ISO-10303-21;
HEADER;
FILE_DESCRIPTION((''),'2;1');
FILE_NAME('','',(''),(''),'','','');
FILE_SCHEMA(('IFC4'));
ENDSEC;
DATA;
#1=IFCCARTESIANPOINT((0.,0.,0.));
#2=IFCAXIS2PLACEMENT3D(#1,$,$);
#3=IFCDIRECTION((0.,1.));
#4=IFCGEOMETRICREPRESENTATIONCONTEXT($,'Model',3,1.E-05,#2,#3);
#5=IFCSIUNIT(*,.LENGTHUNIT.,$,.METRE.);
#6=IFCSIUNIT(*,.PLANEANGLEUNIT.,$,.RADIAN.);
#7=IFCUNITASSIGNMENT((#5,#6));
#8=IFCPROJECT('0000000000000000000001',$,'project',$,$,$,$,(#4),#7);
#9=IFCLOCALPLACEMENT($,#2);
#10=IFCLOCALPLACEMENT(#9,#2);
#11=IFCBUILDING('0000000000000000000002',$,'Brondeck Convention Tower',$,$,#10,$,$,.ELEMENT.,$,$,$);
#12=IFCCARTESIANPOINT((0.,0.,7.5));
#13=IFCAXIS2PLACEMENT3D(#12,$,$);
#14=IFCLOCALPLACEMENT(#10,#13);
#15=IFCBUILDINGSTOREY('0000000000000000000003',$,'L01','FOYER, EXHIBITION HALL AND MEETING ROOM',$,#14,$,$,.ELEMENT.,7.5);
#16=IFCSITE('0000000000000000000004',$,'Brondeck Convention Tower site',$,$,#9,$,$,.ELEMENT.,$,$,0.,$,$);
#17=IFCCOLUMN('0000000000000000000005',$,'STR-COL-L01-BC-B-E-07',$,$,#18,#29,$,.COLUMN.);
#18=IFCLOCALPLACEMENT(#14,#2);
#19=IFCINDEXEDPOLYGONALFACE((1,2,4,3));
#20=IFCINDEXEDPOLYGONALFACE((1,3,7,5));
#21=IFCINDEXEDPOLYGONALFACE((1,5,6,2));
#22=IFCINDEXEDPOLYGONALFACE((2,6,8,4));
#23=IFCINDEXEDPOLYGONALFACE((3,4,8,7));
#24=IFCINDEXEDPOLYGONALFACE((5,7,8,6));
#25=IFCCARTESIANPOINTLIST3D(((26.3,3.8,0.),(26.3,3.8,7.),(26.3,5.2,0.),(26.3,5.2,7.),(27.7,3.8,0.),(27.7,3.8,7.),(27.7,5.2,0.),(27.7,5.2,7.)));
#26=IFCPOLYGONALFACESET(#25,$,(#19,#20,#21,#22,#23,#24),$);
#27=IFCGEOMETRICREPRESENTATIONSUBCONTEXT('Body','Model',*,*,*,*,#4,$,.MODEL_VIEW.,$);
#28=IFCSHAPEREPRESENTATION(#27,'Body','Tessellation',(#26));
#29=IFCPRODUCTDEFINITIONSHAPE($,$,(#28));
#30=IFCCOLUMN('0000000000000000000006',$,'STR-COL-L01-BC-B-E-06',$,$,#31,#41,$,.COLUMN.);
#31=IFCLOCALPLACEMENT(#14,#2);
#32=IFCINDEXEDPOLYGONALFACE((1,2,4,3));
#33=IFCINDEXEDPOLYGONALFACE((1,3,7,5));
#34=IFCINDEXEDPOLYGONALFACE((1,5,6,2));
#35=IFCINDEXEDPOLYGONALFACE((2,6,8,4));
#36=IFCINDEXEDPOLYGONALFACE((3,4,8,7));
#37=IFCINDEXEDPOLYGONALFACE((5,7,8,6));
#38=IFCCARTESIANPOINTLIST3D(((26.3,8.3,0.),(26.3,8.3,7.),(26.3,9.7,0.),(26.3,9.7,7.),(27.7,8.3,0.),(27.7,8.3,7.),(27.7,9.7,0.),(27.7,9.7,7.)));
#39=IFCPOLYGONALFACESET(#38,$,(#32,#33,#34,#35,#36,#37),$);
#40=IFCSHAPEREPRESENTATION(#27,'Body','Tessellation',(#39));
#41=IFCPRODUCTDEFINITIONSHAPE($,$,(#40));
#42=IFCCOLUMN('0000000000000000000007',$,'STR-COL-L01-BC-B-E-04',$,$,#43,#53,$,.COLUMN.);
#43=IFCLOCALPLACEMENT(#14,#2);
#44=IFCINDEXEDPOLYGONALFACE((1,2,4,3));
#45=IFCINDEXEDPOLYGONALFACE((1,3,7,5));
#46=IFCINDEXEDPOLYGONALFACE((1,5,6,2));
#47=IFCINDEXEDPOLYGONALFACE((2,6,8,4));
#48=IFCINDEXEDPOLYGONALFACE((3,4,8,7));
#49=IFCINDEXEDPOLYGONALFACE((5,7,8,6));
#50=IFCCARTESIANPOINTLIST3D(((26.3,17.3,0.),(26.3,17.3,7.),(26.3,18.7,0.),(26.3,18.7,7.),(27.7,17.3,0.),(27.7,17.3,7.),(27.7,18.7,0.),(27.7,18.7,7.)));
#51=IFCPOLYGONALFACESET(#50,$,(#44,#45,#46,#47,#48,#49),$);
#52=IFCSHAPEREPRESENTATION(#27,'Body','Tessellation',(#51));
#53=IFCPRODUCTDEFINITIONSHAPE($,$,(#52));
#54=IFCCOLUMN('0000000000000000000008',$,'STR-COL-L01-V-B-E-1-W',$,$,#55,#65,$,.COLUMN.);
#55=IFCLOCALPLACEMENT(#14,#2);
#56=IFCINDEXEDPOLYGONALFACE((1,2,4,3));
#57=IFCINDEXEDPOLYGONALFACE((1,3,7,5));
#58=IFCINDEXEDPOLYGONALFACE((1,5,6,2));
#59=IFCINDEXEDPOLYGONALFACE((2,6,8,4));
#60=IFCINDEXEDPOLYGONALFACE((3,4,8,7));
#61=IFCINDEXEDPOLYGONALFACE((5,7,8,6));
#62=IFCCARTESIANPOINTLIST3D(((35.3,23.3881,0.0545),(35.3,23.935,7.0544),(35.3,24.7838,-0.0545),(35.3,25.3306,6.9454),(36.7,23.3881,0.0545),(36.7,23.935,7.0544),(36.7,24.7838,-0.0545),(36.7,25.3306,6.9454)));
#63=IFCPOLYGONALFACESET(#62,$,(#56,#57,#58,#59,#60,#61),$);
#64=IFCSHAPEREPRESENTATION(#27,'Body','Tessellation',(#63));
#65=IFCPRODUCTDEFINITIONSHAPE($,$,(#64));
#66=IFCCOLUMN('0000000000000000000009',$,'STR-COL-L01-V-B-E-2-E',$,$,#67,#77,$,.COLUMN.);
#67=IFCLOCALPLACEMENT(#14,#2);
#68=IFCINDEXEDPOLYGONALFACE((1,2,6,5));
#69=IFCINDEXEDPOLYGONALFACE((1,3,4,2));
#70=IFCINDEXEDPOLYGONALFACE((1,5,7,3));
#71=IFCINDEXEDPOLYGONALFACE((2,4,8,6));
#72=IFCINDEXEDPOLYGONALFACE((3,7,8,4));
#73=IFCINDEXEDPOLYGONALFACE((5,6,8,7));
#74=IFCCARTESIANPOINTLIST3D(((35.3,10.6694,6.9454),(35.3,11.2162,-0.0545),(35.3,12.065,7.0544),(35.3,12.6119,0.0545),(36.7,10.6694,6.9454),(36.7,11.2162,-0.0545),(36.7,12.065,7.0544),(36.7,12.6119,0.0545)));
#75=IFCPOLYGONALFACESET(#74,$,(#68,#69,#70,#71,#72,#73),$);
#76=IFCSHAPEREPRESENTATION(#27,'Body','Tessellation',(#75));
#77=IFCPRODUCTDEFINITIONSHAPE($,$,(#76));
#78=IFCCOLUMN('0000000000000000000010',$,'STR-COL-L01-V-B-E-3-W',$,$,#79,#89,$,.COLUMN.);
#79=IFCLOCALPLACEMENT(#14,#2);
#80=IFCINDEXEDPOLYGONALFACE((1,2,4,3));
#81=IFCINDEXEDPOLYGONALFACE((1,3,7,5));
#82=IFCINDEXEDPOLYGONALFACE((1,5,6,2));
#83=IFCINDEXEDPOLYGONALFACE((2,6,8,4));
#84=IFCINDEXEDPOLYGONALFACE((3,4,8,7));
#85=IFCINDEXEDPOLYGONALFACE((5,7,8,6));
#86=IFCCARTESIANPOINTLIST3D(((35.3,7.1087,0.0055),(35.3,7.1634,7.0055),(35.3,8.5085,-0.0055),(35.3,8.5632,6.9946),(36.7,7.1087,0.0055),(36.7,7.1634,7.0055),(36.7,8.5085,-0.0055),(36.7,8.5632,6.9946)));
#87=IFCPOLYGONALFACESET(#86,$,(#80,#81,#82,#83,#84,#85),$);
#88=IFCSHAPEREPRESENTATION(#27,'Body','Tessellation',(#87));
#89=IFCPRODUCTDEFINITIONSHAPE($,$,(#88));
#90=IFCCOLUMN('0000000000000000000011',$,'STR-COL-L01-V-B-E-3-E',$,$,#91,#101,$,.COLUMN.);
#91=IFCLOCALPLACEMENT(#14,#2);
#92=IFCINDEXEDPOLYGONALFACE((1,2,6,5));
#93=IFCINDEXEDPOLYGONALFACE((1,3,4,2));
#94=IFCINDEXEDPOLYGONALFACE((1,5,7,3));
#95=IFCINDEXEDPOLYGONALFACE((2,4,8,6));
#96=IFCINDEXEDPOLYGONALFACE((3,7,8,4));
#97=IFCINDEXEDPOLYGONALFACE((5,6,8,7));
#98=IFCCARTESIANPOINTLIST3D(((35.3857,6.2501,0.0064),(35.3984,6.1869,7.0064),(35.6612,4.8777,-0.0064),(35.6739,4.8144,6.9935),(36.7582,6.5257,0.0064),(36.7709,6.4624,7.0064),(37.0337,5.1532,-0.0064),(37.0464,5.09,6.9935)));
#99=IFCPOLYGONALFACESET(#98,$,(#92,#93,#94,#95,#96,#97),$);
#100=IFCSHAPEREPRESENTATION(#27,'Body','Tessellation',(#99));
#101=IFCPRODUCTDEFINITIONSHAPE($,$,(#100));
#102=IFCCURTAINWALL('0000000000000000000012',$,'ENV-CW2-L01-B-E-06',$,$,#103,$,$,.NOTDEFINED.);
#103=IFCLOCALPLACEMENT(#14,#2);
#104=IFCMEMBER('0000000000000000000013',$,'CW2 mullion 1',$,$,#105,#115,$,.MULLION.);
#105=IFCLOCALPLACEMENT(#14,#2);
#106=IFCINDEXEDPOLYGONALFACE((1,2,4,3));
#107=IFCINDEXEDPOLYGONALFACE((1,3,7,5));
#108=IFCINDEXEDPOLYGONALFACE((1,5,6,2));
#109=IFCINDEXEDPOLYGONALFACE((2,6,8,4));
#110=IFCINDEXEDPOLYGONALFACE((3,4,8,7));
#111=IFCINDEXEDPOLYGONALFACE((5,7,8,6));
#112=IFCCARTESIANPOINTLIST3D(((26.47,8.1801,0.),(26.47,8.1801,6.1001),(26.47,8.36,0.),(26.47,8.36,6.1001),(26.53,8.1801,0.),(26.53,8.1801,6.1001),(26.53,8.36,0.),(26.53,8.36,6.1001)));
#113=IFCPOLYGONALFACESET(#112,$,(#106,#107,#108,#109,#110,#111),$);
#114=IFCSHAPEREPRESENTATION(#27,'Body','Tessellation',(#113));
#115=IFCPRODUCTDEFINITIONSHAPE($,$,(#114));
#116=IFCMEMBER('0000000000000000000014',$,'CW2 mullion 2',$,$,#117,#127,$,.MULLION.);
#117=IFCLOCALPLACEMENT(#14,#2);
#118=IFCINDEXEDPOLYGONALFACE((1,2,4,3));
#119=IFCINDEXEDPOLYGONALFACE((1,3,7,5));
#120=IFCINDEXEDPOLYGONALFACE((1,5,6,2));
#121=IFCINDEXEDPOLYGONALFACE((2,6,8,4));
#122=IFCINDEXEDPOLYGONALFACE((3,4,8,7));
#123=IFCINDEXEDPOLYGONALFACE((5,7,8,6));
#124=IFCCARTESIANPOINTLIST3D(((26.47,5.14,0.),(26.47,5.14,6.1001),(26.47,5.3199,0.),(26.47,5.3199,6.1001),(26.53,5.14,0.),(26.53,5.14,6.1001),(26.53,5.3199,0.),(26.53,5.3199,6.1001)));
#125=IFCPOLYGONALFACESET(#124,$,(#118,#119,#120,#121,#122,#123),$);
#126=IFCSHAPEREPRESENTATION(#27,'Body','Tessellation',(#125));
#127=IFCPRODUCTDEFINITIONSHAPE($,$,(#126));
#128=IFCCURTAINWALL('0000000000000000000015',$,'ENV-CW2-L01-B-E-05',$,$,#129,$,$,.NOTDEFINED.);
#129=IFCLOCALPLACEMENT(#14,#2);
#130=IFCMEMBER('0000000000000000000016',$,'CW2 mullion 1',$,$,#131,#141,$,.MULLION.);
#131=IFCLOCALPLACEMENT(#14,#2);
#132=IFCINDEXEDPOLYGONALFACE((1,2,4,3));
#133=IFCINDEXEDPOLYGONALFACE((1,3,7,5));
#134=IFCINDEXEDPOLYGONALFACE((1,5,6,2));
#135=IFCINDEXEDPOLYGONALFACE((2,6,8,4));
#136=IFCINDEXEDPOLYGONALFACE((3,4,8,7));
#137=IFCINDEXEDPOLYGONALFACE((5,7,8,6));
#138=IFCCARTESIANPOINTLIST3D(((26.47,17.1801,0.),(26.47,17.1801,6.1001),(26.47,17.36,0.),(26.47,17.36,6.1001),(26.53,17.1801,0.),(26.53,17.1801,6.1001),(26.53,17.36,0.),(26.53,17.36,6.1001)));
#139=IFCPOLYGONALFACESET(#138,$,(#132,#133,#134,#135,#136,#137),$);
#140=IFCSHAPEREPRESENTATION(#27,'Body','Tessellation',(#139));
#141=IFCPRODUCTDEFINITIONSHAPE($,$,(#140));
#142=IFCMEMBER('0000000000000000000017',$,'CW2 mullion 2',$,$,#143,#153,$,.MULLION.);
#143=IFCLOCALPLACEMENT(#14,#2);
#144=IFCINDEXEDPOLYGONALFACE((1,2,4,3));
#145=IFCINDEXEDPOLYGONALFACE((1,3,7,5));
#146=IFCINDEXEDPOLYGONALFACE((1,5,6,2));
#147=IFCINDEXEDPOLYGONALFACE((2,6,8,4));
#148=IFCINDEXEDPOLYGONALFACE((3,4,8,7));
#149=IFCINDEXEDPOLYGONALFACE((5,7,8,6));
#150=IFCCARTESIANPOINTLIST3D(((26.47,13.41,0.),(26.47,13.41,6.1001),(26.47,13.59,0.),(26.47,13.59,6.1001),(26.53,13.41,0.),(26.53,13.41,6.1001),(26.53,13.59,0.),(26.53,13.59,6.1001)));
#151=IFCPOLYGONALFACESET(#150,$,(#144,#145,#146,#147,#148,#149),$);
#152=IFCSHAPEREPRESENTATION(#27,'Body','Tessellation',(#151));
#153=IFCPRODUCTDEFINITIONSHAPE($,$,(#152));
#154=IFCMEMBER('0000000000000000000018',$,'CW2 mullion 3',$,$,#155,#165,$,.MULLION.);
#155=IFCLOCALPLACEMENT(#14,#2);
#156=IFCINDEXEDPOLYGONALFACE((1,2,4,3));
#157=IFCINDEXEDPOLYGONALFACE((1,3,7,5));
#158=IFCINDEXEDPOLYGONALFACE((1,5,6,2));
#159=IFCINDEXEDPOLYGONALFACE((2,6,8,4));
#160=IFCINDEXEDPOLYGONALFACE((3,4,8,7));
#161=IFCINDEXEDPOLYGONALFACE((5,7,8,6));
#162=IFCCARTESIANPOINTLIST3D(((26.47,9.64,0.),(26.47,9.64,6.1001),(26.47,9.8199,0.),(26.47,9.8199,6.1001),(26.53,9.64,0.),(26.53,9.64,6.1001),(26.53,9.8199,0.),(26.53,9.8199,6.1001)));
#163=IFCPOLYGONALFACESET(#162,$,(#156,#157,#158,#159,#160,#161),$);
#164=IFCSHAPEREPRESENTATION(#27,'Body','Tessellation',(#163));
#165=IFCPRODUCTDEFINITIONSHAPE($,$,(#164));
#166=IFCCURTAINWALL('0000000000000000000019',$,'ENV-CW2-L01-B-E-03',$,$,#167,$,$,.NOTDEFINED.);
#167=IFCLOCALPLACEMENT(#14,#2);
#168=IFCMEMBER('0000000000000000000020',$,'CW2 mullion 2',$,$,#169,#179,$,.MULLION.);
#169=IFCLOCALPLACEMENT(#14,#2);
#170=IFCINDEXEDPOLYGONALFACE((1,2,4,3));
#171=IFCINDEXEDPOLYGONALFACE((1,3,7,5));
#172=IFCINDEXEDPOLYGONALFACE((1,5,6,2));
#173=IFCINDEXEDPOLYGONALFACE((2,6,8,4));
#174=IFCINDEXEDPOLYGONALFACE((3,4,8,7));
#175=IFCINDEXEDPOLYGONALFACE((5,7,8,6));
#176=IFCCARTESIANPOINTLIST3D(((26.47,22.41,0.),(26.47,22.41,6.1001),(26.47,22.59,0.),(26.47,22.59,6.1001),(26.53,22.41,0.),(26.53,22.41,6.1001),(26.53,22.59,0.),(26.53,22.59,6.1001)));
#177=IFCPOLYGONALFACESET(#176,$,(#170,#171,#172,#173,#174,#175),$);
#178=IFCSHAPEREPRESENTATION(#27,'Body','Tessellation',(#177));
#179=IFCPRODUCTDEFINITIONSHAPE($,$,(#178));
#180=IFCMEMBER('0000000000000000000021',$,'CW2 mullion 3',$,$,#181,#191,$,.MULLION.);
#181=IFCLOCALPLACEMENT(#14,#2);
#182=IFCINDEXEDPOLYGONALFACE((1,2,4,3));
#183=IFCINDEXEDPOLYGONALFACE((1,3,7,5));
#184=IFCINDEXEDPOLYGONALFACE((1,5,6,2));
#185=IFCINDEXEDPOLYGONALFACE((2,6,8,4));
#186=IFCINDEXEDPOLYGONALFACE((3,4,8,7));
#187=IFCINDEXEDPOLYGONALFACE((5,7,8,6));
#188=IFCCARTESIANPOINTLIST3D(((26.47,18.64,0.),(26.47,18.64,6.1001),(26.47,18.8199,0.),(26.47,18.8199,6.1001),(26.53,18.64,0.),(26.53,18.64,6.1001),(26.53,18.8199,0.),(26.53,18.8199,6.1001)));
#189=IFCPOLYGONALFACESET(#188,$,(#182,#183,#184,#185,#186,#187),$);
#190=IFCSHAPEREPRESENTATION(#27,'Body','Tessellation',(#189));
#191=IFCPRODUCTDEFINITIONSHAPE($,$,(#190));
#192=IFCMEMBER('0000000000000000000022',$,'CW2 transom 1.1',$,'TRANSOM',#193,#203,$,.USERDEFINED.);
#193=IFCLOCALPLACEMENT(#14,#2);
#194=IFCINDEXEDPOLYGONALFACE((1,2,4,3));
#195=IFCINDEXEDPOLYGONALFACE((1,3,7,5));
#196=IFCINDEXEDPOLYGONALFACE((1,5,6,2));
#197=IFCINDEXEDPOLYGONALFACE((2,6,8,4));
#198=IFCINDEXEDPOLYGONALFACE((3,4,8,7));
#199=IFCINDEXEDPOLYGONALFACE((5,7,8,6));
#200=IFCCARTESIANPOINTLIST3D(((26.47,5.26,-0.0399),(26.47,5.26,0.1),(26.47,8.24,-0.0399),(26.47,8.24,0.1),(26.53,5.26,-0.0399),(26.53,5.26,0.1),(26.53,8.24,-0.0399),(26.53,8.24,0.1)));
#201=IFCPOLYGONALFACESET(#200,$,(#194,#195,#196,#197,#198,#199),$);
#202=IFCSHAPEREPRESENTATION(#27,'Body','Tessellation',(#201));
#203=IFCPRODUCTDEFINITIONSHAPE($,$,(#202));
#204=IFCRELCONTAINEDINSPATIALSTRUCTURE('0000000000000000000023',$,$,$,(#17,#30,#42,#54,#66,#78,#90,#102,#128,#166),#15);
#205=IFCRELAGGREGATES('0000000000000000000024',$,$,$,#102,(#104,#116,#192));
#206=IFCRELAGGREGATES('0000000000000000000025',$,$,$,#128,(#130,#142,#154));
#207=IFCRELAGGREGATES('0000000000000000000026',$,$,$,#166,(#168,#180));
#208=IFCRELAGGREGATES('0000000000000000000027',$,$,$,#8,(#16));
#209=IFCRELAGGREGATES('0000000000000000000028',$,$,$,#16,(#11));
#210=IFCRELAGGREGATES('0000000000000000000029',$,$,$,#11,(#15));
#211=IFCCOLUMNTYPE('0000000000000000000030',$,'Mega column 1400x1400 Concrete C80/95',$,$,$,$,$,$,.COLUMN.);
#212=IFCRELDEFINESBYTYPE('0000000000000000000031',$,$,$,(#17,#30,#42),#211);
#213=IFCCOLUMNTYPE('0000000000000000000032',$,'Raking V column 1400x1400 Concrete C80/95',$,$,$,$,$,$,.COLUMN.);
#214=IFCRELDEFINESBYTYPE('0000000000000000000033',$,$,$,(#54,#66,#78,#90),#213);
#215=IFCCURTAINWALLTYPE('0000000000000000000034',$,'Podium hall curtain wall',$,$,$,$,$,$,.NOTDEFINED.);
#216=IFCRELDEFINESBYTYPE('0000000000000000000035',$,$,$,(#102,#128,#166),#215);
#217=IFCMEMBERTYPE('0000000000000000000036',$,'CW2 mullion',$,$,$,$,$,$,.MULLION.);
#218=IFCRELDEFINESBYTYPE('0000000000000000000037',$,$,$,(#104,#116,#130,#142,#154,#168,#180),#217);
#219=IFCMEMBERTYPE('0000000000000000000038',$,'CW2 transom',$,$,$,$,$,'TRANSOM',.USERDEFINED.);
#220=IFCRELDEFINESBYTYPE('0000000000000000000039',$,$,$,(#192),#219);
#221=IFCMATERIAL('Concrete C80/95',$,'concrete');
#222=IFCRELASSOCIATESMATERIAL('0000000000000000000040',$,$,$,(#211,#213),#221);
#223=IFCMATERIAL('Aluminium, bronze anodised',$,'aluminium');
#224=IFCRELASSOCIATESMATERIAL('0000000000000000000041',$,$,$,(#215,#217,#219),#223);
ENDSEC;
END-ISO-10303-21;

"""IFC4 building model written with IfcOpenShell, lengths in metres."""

from ifc_helpers import new_model, si_unit, direction, frame, origin, origin_2d, place, context, subcontext, project, spatial, rectangle, extrude, material, material_profile, profile_set, type_object, element, aggregate, save


model = new_model("IFC4")

# Units and contexts
model_context = context("Model", 3, precision=1e-05, world=origin(), true_north=direction((0.0, 1.0)))
body_context = subcontext(model_context, "Body", "Model", "MODEL_VIEW")
ifc_project = project(units=[si_unit("LENGTHUNIT", "METRE"), si_unit("PLANEANGLEUNIT", "RADIAN")], contexts=[model_context])

# Site, building, storey
site_placement = place(None, origin())
site = spatial("IfcSite", under=ifc_project, at=site_placement, Name="Brondeck Convention Tower site", CompositionType="ELEMENT", RefElevation=0.0)
building_placement = place(site_placement, origin())
building = spatial("IfcBuilding", under=site, at=building_placement, Name="Brondeck Convention Tower", CompositionType="ELEMENT")
storey_placement = place(building_placement, frame((0.0, 0.0, 7.5)))
storey = spatial("IfcBuildingStorey", under=building, at=storey_placement, Name="L01", Description="FOYER, EXHIBITION HALL AND MEETING ROOM", CompositionType="ELEMENT", Elevation=7.5)

# Columns
ifc_material_1 = material(Name="Concrete C80/95", Category="concrete")
ifc_material_profile_1 = material_profile(ifc_material_1, rectangle(XDim=1.3999, YDim=1.3999, at=origin_2d()), Name="Mega column 1400x1400 Concrete C80/95")
ifc_profile_set_1 = profile_set([ifc_material_profile_1], Name="Concrete C80/95")
column_type_1 = type_object("IfcColumnType", Name="Mega column 1400x1400 Concrete C80/95", PredefinedType="COLUMN", material=ifc_profile_set_1)
for number, where, z_axis, x_axis, name in (
    (1, (27.0, 4.5, 0.0), (0.0, 0.0, 1.0), (1.0, 0.0, 0.0), "STR-COL-L01-BC-B-E-07"),
    (2, (27.0, 9.0, 0.0), (0.0, 0.0, 1.0), (1.0, 0.0, 0.0), "STR-COL-L01-BC-B-E-06"),
    (3, (27.0, 18.0, 0.0), (0.0, 0.0, 1.0), (1.0, 0.0, 0.0), "STR-COL-L01-BC-B-E-04"),
):
    element("IfcColumn", number, at=place(storey_placement, frame(where, z_axis=z_axis, x_axis=x_axis)), inside=storey, type_object=column_type_1, Name=name, PredefinedType="COLUMN", context=body_context, shape_type="SweptSolid", body=[
        extrude(rectangle(XDim=1.3999, YDim=1.3999, at=origin_2d()), origin(), (0.0, 0.0, 1.0), 7.0),
    ])
ifc_material_profile_2 = material_profile(ifc_material_1, rectangle(XDim=1.3999, YDim=1.3999, at=origin_2d()), Name="Raking V column 1400x1400 Concrete C80/95")
ifc_profile_set_2 = profile_set([ifc_material_profile_2], Name="Concrete C80/95")
column_type_2 = type_object("IfcColumnType", Name="Raking V column 1400x1400 Concrete C80/95", PredefinedType="COLUMN", material=ifc_profile_set_2)
for number, where, z_axis, x_axis, name in (
    (4, (36.0, 24.0859, 0.0), (0.0, 0.077888, 0.996962), (-1.0, 0.0, 0.0), "STR-COL-L01-V-B-E-1-W"),
    (5, (36.0, 11.9141, 0.0), (0.0, -0.077888, 0.996962), (1.0, 0.0, 0.0), "STR-COL-L01-V-B-E-2-E"),
):
    element("IfcColumn", number, at=place(storey_placement, frame(where, z_axis=z_axis, x_axis=x_axis)), inside=storey, type_object=column_type_2, Name=name, PredefinedType="COLUMN", context=body_context, shape_type="SweptSolid", body=[
        extrude(rectangle(XDim=1.3999, YDim=1.3999, at=origin_2d()), origin(), (0.0, 0.0, 1.0), 7.0212),
    ])
for number, where, z_axis, x_axis, name in (
    (6, (36.0, 7.8086, 0.0), (0.0, 0.007812, 0.999969), (-1.0, 0.0, 0.0), "STR-COL-L01-V-B-E-3-W"),
    (7, (36.2097, 5.7017, 0.0), (0.001814, -0.009033, 0.999958), (0.980435, 0.196844, 0.0), "STR-COL-L01-V-B-E-3-E"),
):
    element("IfcColumn", number, at=place(storey_placement, frame(where, z_axis=z_axis, x_axis=x_axis)), inside=storey, type_object=column_type_2, Name=name, PredefinedType="COLUMN", context=body_context, shape_type="SweptSolid", body=[
        extrude(rectangle(XDim=1.3999, YDim=1.3999, at=origin_2d()), origin(), (0.0, 0.0, 1.0), 7.0002),
    ])

# Curtain walls, members
ifc_material_2 = material(Name="Aluminium, bronze anodised", Category="aluminium")
curtain_wall_type = type_object("IfcCurtainWallType", Name="Podium hall curtain wall", PredefinedType="NOTDEFINED", material=ifc_material_2)
curtain_wall_1_placement = place(storey_placement, origin())
curtain_wall_1 = element("IfcCurtainWall", 8, at=curtain_wall_1_placement, inside=storey, type_object=curtain_wall_type, Name="ENV-CW2-L01-B-E-06", PredefinedType="NOTDEFINED")
ifc_material_profile_3 = material_profile(ifc_material_2, rectangle(XDim=0.0601, YDim=0.1799, at=origin_2d()), Name="CW2 mullion")
ifc_profile_set_3 = profile_set([ifc_material_profile_3], Name="Aluminium, bronze anodised")
member_type_1 = type_object("IfcMemberType", Name="CW2 mullion", PredefinedType="MULLION", material=ifc_profile_set_3)
member_1_placement = place(storey_placement, frame((26.5, 8.27, 0.0), z_axis=(0.0, 0.0, 1.0), x_axis=(1.0, 0.0, 0.0)))
member_1 = element("IfcMember", 9, at=member_1_placement, type_object=member_type_1, Name="CW2 mullion 1", PredefinedType="MULLION", context=body_context, shape_type="SweptSolid", body=[
    extrude(rectangle(XDim=0.0601, YDim=0.1799, at=origin_2d()), origin(), (0.0, 0.0, 1.0), 6.1001),
])
member_2_placement = place(storey_placement, frame((26.5, 5.23, 0.0), z_axis=(0.0, 0.0, 1.0), x_axis=(1.0, 0.0, 0.0)))
member_2 = element("IfcMember", 10, at=member_2_placement, type_object=member_type_1, Name="CW2 mullion 2", PredefinedType="MULLION", context=body_context, shape_type="SweptSolid", body=[
    extrude(rectangle(XDim=0.0601, YDim=0.1799, at=origin_2d()), origin(), (0.0, 0.0, 1.0), 6.1001),
])
curtain_wall_2_placement = place(storey_placement, origin())
curtain_wall_2 = element("IfcCurtainWall", 11, at=curtain_wall_2_placement, inside=storey, type_object=curtain_wall_type, Name="ENV-CW2-L01-B-E-05", PredefinedType="NOTDEFINED")
member_3_placement = place(storey_placement, frame((26.5, 17.27, 0.0), z_axis=(0.0, 0.0, 1.0), x_axis=(1.0, 0.0, 0.0)))
member_3 = element("IfcMember", 12, at=member_3_placement, type_object=member_type_1, Name="CW2 mullion 1", PredefinedType="MULLION", context=body_context, shape_type="SweptSolid", body=[
    extrude(rectangle(XDim=0.0601, YDim=0.1799, at=origin_2d()), origin(), (0.0, 0.0, 1.0), 6.1001),
])
member_4_placement = place(storey_placement, frame((26.5, 13.5, 0.0), z_axis=(0.0, 0.0, 1.0), x_axis=(1.0, 0.0, 0.0)))
member_4 = element("IfcMember", 13, at=member_4_placement, type_object=member_type_1, Name="CW2 mullion 2", PredefinedType="MULLION", context=body_context, shape_type="SweptSolid", body=[
    extrude(rectangle(XDim=0.0601, YDim=0.1799, at=origin_2d()), origin(), (0.0, 0.0, 1.0), 6.1001),
])
member_5_placement = place(storey_placement, frame((26.5, 9.73, 0.0), z_axis=(0.0, 0.0, 1.0), x_axis=(1.0, 0.0, 0.0)))
member_5 = element("IfcMember", 14, at=member_5_placement, type_object=member_type_1, Name="CW2 mullion 3", PredefinedType="MULLION", context=body_context, shape_type="SweptSolid", body=[
    extrude(rectangle(XDim=0.0601, YDim=0.1799, at=origin_2d()), origin(), (0.0, 0.0, 1.0), 6.1001),
])
curtain_wall_3_placement = place(storey_placement, origin())
curtain_wall_3 = element("IfcCurtainWall", 15, at=curtain_wall_3_placement, inside=storey, type_object=curtain_wall_type, Name="ENV-CW2-L01-B-E-03", PredefinedType="NOTDEFINED")
member_6_placement = place(storey_placement, frame((26.5, 22.5, 0.0), z_axis=(0.0, 0.0, 1.0), x_axis=(1.0, 0.0, 0.0)))
member_6 = element("IfcMember", 16, at=member_6_placement, type_object=member_type_1, Name="CW2 mullion 2", PredefinedType="MULLION", context=body_context, shape_type="SweptSolid", body=[
    extrude(rectangle(XDim=0.0601, YDim=0.1799, at=origin_2d()), origin(), (0.0, 0.0, 1.0), 6.1001),
])
member_7_placement = place(storey_placement, frame((26.5, 18.73, 0.0), z_axis=(0.0, 0.0, 1.0), x_axis=(1.0, 0.0, 0.0)))
member_7 = element("IfcMember", 17, at=member_7_placement, type_object=member_type_1, Name="CW2 mullion 3", PredefinedType="MULLION", context=body_context, shape_type="SweptSolid", body=[
    extrude(rectangle(XDim=0.0601, YDim=0.1799, at=origin_2d()), origin(), (0.0, 0.0, 1.0), 6.1001),
])

# Member
ifc_material_profile_4 = material_profile(ifc_material_2, rectangle(XDim=0.0601, YDim=0.1399, at=origin_2d()), Name="CW2 transom")
ifc_profile_set_4 = profile_set([ifc_material_profile_4], Name="Aluminium, bronze anodised")
member_type_2 = type_object("IfcMemberType", Name="CW2 transom", ElementType="TRANSOM", PredefinedType="USERDEFINED", material=ifc_profile_set_4)
member_8_placement = place(storey_placement, frame((26.5, 8.24, 0.03), z_axis=(0.0, -1.0, 0.0), x_axis=(1.0, 0.0, 0.0)))
member_8 = element("IfcMember", 18, at=member_8_placement, type_object=member_type_2, Name="CW2 transom 1.1", ObjectType="TRANSOM", PredefinedType="USERDEFINED", context=body_context, shape_type="SweptSolid", body=[
    extrude(rectangle(XDim=0.0601, YDim=0.1399, at=origin_2d()), origin(), (0.0, 0.0, 1.0), 2.98),
])

aggregate(curtain_wall_1, [member_1, member_2, member_8])
aggregate(curtain_wall_2, [member_3, member_4, member_5])
aggregate(curtain_wall_3, [member_6, member_7])

save(model, "model.ifc")
